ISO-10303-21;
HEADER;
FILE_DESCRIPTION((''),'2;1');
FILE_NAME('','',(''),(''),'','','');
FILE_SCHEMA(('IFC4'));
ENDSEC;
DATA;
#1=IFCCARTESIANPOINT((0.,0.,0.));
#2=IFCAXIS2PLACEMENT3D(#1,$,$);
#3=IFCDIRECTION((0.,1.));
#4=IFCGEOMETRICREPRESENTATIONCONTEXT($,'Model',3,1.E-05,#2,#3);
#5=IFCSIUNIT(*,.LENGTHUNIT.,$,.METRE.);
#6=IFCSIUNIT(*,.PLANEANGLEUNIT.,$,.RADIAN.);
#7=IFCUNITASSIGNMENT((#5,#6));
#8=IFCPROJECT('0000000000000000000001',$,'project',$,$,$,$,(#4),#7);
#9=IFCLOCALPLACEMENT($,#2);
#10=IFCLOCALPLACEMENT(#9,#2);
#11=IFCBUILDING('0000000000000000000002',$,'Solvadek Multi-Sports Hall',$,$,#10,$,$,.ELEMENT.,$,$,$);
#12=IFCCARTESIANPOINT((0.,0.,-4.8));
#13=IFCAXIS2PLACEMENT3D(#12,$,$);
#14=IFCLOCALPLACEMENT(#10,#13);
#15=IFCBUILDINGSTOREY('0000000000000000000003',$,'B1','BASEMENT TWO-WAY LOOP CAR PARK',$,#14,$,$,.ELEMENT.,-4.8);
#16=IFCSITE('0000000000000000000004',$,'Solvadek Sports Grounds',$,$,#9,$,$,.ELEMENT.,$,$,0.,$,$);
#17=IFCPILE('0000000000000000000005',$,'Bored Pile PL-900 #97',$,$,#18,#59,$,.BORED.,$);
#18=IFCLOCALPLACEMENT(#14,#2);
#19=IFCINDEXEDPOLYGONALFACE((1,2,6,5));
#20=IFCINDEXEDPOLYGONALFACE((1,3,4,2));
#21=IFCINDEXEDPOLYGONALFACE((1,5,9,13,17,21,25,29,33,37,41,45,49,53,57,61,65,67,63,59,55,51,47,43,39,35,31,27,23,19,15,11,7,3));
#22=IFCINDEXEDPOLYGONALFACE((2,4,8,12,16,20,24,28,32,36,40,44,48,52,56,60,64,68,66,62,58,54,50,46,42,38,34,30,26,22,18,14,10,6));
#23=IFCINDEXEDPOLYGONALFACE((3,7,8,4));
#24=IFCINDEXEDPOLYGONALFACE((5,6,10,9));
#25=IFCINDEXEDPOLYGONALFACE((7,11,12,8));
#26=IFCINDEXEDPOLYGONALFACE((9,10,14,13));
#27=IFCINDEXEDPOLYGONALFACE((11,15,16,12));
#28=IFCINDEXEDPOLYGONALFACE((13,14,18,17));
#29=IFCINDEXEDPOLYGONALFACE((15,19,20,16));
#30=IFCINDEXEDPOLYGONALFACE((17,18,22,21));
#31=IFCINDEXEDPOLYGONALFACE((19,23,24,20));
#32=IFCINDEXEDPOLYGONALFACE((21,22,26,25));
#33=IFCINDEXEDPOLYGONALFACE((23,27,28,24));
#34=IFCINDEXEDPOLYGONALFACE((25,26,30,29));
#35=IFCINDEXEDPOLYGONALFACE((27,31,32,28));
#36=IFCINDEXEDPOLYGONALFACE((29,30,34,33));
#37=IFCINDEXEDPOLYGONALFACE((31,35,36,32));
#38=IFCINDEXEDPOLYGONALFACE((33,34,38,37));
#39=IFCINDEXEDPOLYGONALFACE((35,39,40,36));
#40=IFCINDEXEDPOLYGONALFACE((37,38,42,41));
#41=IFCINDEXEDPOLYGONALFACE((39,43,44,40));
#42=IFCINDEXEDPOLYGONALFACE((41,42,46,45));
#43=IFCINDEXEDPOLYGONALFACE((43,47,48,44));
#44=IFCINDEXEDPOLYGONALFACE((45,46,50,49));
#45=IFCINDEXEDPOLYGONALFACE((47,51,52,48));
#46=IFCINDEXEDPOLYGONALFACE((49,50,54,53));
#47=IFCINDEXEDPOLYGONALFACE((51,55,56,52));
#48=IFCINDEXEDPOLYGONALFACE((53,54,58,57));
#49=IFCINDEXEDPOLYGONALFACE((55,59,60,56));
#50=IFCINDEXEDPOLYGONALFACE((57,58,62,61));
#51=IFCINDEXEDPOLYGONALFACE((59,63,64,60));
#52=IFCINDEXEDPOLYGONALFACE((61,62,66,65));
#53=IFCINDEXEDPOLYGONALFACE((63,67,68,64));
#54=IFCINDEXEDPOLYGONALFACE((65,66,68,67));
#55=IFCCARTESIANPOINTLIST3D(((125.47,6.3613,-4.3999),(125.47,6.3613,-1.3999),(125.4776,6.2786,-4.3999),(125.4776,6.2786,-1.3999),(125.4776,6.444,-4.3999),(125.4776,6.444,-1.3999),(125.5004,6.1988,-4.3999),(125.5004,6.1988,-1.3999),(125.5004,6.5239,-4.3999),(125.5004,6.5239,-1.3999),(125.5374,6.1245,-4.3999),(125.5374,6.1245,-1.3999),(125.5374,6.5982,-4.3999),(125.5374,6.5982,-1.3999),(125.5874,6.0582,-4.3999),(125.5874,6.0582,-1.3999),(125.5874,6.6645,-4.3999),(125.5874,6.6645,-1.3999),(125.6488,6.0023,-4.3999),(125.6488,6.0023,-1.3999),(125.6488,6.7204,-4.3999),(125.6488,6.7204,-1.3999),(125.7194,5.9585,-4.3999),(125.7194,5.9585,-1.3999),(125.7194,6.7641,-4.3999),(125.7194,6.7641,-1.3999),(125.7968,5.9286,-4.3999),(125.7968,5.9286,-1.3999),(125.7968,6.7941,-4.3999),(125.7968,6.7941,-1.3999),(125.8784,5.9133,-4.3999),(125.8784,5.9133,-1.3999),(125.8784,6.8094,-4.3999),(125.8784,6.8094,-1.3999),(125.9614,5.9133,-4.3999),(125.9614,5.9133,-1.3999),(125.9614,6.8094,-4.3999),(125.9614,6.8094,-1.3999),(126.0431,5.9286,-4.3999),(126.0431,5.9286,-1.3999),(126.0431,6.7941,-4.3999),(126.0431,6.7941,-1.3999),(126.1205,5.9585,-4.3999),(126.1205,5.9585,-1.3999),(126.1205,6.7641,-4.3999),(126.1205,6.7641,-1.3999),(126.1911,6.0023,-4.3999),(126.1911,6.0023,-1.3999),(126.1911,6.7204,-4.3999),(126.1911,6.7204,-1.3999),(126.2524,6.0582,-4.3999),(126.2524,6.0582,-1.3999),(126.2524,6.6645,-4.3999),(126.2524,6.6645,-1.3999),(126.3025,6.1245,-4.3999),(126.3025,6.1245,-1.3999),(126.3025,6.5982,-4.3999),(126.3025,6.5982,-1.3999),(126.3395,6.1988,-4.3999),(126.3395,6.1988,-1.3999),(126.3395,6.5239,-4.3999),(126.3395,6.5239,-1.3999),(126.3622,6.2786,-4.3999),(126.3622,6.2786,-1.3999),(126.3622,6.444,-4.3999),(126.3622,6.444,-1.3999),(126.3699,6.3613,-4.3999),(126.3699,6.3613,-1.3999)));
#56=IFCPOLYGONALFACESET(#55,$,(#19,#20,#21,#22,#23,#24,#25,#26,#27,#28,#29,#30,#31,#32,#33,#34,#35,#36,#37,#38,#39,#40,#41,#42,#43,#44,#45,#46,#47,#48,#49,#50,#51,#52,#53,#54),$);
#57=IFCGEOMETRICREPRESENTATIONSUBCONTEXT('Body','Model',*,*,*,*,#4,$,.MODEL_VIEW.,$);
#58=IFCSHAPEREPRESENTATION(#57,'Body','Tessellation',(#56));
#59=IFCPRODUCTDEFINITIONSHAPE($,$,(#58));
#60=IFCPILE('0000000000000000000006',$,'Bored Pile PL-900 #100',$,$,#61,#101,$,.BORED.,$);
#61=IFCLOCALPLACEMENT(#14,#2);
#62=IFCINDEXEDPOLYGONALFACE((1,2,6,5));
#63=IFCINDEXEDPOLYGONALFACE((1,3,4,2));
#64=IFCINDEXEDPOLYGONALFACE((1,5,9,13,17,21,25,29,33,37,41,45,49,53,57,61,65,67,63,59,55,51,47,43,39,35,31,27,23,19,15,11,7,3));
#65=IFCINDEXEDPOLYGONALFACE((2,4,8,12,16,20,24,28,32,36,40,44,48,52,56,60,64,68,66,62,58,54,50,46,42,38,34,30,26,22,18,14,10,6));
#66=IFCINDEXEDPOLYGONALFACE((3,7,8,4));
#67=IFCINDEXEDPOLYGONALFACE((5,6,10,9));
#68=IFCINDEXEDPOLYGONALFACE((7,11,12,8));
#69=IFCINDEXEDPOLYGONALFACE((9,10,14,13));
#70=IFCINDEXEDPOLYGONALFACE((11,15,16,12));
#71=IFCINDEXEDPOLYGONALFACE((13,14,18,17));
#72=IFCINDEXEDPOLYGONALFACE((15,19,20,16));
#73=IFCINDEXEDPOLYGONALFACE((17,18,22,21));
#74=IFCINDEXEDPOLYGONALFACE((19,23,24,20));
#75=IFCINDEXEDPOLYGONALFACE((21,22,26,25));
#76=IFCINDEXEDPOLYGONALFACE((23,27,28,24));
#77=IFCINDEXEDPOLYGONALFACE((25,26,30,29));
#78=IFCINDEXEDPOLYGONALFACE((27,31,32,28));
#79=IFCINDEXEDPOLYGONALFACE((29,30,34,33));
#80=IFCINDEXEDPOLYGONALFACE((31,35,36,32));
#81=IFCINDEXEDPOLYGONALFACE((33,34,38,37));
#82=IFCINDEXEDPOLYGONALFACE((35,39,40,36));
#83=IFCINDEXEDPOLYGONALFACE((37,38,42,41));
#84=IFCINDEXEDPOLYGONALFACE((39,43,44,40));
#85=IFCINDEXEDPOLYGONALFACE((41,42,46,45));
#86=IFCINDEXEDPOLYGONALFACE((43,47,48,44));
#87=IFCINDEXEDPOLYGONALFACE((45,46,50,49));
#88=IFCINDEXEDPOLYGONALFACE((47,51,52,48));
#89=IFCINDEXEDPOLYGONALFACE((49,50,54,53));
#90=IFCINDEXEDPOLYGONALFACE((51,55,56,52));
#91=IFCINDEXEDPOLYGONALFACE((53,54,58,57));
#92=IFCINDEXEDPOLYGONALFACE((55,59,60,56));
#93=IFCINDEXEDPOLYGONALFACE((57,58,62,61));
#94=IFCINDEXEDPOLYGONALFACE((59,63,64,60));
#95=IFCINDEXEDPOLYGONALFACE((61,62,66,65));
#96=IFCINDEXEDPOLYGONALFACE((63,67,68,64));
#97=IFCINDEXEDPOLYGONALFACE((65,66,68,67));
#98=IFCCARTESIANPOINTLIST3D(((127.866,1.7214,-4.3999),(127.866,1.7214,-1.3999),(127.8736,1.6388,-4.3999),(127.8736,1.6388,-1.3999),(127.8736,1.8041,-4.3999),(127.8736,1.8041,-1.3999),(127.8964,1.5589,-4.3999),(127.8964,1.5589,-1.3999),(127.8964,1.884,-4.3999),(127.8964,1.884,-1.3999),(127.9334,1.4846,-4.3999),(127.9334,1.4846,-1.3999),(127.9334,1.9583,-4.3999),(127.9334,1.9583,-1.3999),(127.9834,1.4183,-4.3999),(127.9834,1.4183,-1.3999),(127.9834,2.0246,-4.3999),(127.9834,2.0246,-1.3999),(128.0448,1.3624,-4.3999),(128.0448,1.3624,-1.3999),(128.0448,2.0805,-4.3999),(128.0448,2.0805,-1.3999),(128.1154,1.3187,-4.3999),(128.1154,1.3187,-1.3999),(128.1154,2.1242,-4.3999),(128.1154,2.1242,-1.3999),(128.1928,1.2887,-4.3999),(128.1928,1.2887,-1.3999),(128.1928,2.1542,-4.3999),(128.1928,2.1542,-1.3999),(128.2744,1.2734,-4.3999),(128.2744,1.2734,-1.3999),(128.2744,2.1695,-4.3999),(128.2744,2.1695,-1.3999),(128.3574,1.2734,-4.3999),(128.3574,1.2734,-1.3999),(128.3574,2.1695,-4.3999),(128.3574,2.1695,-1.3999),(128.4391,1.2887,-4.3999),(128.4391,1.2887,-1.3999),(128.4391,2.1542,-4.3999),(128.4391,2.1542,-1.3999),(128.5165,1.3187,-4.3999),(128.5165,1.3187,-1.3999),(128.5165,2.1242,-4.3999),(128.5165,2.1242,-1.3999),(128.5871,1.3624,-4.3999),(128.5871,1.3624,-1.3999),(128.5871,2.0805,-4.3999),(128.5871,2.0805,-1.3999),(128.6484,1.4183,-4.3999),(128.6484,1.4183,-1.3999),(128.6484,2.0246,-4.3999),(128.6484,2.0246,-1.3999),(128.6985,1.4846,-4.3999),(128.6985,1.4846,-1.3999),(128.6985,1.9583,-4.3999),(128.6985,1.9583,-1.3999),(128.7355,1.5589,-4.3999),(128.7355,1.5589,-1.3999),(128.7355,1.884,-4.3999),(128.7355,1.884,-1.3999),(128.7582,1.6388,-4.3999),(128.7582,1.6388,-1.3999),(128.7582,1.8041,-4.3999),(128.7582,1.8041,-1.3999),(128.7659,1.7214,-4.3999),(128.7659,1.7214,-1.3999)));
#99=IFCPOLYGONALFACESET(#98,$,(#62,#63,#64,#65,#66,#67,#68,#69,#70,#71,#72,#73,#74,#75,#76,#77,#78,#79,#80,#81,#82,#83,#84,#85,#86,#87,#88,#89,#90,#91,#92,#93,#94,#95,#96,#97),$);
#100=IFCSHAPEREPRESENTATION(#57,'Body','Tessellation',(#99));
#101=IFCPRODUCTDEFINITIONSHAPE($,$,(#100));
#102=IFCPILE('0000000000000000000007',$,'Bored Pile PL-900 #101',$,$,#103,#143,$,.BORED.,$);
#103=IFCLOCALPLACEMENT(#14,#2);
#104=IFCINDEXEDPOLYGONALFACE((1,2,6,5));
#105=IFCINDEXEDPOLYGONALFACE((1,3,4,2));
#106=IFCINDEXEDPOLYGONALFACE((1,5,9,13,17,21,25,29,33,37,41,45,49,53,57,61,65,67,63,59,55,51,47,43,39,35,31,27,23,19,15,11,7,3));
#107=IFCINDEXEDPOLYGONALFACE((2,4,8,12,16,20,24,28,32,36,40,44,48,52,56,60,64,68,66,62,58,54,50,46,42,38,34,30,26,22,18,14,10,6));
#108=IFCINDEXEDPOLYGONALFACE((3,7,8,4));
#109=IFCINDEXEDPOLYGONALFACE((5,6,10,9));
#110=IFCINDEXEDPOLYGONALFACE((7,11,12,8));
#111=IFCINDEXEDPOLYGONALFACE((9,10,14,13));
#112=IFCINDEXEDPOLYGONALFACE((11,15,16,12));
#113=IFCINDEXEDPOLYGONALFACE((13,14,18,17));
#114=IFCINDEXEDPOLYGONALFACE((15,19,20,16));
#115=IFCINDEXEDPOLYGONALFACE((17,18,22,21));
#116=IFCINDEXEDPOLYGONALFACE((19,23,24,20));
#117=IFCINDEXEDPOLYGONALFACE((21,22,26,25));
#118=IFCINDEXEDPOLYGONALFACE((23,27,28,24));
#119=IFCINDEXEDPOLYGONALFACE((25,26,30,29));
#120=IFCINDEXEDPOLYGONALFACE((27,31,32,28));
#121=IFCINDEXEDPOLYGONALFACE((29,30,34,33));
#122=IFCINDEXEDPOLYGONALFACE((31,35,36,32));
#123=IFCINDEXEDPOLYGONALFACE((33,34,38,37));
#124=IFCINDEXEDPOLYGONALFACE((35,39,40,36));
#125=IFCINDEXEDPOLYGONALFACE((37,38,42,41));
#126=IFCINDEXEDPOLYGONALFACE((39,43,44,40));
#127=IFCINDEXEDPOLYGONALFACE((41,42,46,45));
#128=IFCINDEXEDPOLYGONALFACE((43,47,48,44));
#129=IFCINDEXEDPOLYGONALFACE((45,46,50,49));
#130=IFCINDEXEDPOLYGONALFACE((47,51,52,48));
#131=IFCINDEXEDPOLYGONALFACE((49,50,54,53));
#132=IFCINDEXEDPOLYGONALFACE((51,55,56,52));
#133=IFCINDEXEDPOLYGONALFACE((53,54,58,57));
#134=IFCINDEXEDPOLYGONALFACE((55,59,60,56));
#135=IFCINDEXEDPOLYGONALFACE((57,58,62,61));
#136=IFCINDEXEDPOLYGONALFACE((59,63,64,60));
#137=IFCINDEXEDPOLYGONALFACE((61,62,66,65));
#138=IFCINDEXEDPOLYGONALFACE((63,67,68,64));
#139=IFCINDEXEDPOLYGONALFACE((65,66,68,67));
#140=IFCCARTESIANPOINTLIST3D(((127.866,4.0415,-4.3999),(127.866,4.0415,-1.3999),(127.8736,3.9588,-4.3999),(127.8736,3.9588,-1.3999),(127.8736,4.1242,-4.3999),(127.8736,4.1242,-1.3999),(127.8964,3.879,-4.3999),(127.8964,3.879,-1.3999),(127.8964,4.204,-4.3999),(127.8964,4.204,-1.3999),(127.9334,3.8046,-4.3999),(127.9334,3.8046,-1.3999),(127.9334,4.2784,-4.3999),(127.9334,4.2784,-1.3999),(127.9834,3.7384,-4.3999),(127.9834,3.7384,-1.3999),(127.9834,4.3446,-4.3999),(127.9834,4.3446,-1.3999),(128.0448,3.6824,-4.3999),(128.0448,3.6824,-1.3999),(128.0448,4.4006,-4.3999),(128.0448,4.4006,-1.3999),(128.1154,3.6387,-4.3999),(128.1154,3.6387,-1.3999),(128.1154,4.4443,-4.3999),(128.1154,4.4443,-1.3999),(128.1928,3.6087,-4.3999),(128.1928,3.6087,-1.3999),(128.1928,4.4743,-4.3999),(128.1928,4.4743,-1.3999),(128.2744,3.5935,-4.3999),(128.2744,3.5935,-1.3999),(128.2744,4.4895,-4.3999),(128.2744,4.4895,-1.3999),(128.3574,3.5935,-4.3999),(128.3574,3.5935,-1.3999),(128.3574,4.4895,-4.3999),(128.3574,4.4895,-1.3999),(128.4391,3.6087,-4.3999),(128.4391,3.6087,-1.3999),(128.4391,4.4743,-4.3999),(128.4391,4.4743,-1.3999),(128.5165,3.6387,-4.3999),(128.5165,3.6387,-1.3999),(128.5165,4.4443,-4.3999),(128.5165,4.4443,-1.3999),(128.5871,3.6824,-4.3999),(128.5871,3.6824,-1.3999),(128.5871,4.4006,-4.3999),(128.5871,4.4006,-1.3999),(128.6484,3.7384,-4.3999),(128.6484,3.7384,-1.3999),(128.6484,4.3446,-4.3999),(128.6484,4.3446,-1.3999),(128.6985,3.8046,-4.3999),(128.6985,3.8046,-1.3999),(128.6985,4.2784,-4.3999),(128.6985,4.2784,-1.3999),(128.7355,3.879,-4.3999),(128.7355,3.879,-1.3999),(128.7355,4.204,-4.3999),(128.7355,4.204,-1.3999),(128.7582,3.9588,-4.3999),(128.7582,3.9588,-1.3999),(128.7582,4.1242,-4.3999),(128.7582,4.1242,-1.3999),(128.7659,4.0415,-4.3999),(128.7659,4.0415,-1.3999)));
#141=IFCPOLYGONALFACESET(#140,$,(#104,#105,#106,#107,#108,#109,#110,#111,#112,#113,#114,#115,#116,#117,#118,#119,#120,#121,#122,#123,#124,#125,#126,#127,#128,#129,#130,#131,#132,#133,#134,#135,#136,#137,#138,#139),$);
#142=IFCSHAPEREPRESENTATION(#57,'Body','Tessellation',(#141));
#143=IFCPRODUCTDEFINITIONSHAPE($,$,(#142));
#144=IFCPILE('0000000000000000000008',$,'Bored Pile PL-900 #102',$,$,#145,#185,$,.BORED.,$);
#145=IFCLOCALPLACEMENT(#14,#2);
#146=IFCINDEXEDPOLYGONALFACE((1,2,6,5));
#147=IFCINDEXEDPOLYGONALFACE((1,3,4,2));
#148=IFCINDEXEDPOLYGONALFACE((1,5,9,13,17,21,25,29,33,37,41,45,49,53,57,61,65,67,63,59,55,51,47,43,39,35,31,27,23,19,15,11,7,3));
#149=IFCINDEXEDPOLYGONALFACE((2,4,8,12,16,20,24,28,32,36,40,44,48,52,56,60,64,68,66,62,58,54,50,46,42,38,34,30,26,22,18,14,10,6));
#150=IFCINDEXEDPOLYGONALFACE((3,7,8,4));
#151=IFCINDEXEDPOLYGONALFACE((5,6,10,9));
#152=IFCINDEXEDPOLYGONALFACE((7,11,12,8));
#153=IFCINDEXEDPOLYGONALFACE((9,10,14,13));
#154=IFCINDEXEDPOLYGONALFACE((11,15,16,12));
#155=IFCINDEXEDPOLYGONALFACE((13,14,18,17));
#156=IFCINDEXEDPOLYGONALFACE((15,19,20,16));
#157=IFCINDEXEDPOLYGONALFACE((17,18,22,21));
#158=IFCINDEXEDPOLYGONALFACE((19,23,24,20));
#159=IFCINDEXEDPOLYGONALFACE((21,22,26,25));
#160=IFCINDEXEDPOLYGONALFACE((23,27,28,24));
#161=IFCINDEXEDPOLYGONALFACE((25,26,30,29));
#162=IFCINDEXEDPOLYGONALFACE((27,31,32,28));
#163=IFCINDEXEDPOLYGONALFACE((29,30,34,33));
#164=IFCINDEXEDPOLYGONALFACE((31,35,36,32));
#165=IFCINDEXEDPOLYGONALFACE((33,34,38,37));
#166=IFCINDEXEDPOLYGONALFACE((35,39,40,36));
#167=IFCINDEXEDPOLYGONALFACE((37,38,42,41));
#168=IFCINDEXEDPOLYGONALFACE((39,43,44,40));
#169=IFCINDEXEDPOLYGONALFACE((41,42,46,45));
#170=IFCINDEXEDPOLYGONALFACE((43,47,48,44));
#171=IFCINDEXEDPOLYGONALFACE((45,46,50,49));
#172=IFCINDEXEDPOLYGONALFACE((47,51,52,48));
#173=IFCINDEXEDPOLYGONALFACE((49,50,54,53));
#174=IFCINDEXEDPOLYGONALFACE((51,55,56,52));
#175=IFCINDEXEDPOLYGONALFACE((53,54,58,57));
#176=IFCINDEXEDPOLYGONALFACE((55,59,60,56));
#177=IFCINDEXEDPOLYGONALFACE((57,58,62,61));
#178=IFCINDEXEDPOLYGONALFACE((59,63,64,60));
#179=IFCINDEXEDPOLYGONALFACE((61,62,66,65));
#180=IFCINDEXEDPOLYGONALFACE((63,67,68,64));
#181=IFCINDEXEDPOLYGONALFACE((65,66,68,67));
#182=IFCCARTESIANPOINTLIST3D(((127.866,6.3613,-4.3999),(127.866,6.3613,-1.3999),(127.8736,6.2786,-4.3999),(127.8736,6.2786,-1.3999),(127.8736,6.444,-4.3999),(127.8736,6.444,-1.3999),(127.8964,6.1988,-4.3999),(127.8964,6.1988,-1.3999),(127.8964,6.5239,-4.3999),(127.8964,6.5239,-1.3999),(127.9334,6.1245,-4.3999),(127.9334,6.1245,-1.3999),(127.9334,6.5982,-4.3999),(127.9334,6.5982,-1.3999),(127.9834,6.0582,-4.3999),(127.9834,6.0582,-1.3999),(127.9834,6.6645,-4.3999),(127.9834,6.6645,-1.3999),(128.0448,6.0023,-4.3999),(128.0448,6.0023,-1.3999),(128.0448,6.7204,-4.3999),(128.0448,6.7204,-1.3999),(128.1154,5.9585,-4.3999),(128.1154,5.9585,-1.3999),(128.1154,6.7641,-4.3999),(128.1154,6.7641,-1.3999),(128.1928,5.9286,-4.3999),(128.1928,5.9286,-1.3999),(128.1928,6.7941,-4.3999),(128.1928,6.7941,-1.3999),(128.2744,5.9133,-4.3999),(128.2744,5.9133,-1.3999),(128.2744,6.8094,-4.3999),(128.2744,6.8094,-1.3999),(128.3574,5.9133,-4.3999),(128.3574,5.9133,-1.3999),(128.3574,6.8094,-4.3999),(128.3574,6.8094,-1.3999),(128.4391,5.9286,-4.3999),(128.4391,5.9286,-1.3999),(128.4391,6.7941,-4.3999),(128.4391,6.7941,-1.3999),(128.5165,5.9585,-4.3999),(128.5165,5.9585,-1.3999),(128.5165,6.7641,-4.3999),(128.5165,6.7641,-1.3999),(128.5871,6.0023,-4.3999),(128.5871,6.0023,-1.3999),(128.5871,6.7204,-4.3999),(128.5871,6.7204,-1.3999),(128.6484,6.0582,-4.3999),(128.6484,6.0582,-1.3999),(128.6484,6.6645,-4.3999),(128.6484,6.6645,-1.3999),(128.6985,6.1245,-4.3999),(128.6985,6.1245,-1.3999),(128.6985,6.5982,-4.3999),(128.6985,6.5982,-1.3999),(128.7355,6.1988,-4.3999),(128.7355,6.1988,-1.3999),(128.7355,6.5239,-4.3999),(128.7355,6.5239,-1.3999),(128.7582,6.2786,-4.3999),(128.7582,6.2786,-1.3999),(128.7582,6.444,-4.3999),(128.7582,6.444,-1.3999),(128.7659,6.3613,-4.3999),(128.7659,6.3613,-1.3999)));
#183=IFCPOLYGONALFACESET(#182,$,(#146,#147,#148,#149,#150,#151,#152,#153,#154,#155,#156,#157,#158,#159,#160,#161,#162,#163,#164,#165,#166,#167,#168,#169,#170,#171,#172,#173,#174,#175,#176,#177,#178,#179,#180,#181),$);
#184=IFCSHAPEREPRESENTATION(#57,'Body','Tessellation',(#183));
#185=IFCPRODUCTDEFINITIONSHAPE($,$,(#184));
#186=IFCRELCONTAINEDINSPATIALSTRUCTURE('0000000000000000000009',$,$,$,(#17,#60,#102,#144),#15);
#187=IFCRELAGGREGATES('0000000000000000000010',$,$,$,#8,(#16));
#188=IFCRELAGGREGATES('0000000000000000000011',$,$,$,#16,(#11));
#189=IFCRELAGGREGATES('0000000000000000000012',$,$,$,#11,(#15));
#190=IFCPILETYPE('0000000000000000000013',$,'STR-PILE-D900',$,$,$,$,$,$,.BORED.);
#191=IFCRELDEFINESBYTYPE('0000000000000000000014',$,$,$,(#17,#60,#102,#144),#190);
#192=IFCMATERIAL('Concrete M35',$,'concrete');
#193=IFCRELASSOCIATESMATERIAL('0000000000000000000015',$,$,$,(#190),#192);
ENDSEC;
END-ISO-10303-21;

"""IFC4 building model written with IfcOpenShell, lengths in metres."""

from ifc_helpers import new_model, si_unit, direction, frame, origin, origin_2d, place, context, subcontext, project, spatial, circle, extrude, material, material_profile, profile_set, type_object, element, save


model = new_model("IFC4")

# Units and contexts
model_context = context("Model", 3, precision=1e-05, world=origin(), true_north=direction((0.0, 1.0)))
body_context = subcontext(model_context, "Body", "Model", "MODEL_VIEW")
ifc_project = project(units=[si_unit("LENGTHUNIT", "METRE"), si_unit("PLANEANGLEUNIT", "RADIAN")], contexts=[model_context])

# Site, building, storey
site_placement = place(None, origin())
site = spatial("IfcSite", under=ifc_project, at=site_placement, Name="Solvadek Sports Grounds", CompositionType="ELEMENT", RefElevation=0.0)
building_placement = place(site_placement, origin())
building = spatial("IfcBuilding", under=site, at=building_placement, Name="Solvadek Multi-Sports Hall", CompositionType="ELEMENT")
storey_placement = place(building_placement, frame((0.0, 0.0, -4.8)))
storey = spatial("IfcBuildingStorey", under=building, at=storey_placement, Name="B1", Description="BASEMENT TWO-WAY LOOP CAR PARK", CompositionType="ELEMENT", Elevation=-4.8)

# Piles
ifc_material_1 = material(Name="Concrete M35", Category="concrete")
ifc_material_profile_1 = material_profile(ifc_material_1, circle(Radius=0.45, at=origin_2d()), Name="BORED PILE D900")
ifc_profile_set_1 = profile_set([ifc_material_profile_1], Name="Concrete M35")
pile_type_1 = type_object("IfcPileType", Name="STR-PILE-D900", PredefinedType="BORED", material=ifc_profile_set_1)
for number, where, z_axis, x_axis, name in (
    (1, (125.9199, 6.3613, -1.3999), (0.0, 0.0, -1.0), (1.0, 0.0, 0.0), "Bored Pile PL-900 #97"),
    (2, (128.3159, 1.7214, -1.3999), (0.0, 0.0, -1.0), (1.0, 0.0, 0.0), "Bored Pile PL-900 #100"),
    (3, (128.3159, 4.0415, -1.3999), (0.0, 0.0, -1.0), (1.0, 0.0, 0.0), "Bored Pile PL-900 #101"),
    (4, (128.3159, 6.3613, -1.3999), (0.0, 0.0, -1.0), (1.0, 0.0, 0.0), "Bored Pile PL-900 #102"),
):
    element("IfcPile", number, at=place(storey_placement, frame(where, z_axis=z_axis, x_axis=x_axis)), inside=storey, type_object=pile_type_1, Name=name, PredefinedType="BORED", context=body_context, shape_type="SweptSolid", body=[
        extrude(circle(Radius=0.45, at=origin_2d()), origin(), (0.0, 0.0, 1.0), 3.0),
    ])

save(model, "model.ifc")
